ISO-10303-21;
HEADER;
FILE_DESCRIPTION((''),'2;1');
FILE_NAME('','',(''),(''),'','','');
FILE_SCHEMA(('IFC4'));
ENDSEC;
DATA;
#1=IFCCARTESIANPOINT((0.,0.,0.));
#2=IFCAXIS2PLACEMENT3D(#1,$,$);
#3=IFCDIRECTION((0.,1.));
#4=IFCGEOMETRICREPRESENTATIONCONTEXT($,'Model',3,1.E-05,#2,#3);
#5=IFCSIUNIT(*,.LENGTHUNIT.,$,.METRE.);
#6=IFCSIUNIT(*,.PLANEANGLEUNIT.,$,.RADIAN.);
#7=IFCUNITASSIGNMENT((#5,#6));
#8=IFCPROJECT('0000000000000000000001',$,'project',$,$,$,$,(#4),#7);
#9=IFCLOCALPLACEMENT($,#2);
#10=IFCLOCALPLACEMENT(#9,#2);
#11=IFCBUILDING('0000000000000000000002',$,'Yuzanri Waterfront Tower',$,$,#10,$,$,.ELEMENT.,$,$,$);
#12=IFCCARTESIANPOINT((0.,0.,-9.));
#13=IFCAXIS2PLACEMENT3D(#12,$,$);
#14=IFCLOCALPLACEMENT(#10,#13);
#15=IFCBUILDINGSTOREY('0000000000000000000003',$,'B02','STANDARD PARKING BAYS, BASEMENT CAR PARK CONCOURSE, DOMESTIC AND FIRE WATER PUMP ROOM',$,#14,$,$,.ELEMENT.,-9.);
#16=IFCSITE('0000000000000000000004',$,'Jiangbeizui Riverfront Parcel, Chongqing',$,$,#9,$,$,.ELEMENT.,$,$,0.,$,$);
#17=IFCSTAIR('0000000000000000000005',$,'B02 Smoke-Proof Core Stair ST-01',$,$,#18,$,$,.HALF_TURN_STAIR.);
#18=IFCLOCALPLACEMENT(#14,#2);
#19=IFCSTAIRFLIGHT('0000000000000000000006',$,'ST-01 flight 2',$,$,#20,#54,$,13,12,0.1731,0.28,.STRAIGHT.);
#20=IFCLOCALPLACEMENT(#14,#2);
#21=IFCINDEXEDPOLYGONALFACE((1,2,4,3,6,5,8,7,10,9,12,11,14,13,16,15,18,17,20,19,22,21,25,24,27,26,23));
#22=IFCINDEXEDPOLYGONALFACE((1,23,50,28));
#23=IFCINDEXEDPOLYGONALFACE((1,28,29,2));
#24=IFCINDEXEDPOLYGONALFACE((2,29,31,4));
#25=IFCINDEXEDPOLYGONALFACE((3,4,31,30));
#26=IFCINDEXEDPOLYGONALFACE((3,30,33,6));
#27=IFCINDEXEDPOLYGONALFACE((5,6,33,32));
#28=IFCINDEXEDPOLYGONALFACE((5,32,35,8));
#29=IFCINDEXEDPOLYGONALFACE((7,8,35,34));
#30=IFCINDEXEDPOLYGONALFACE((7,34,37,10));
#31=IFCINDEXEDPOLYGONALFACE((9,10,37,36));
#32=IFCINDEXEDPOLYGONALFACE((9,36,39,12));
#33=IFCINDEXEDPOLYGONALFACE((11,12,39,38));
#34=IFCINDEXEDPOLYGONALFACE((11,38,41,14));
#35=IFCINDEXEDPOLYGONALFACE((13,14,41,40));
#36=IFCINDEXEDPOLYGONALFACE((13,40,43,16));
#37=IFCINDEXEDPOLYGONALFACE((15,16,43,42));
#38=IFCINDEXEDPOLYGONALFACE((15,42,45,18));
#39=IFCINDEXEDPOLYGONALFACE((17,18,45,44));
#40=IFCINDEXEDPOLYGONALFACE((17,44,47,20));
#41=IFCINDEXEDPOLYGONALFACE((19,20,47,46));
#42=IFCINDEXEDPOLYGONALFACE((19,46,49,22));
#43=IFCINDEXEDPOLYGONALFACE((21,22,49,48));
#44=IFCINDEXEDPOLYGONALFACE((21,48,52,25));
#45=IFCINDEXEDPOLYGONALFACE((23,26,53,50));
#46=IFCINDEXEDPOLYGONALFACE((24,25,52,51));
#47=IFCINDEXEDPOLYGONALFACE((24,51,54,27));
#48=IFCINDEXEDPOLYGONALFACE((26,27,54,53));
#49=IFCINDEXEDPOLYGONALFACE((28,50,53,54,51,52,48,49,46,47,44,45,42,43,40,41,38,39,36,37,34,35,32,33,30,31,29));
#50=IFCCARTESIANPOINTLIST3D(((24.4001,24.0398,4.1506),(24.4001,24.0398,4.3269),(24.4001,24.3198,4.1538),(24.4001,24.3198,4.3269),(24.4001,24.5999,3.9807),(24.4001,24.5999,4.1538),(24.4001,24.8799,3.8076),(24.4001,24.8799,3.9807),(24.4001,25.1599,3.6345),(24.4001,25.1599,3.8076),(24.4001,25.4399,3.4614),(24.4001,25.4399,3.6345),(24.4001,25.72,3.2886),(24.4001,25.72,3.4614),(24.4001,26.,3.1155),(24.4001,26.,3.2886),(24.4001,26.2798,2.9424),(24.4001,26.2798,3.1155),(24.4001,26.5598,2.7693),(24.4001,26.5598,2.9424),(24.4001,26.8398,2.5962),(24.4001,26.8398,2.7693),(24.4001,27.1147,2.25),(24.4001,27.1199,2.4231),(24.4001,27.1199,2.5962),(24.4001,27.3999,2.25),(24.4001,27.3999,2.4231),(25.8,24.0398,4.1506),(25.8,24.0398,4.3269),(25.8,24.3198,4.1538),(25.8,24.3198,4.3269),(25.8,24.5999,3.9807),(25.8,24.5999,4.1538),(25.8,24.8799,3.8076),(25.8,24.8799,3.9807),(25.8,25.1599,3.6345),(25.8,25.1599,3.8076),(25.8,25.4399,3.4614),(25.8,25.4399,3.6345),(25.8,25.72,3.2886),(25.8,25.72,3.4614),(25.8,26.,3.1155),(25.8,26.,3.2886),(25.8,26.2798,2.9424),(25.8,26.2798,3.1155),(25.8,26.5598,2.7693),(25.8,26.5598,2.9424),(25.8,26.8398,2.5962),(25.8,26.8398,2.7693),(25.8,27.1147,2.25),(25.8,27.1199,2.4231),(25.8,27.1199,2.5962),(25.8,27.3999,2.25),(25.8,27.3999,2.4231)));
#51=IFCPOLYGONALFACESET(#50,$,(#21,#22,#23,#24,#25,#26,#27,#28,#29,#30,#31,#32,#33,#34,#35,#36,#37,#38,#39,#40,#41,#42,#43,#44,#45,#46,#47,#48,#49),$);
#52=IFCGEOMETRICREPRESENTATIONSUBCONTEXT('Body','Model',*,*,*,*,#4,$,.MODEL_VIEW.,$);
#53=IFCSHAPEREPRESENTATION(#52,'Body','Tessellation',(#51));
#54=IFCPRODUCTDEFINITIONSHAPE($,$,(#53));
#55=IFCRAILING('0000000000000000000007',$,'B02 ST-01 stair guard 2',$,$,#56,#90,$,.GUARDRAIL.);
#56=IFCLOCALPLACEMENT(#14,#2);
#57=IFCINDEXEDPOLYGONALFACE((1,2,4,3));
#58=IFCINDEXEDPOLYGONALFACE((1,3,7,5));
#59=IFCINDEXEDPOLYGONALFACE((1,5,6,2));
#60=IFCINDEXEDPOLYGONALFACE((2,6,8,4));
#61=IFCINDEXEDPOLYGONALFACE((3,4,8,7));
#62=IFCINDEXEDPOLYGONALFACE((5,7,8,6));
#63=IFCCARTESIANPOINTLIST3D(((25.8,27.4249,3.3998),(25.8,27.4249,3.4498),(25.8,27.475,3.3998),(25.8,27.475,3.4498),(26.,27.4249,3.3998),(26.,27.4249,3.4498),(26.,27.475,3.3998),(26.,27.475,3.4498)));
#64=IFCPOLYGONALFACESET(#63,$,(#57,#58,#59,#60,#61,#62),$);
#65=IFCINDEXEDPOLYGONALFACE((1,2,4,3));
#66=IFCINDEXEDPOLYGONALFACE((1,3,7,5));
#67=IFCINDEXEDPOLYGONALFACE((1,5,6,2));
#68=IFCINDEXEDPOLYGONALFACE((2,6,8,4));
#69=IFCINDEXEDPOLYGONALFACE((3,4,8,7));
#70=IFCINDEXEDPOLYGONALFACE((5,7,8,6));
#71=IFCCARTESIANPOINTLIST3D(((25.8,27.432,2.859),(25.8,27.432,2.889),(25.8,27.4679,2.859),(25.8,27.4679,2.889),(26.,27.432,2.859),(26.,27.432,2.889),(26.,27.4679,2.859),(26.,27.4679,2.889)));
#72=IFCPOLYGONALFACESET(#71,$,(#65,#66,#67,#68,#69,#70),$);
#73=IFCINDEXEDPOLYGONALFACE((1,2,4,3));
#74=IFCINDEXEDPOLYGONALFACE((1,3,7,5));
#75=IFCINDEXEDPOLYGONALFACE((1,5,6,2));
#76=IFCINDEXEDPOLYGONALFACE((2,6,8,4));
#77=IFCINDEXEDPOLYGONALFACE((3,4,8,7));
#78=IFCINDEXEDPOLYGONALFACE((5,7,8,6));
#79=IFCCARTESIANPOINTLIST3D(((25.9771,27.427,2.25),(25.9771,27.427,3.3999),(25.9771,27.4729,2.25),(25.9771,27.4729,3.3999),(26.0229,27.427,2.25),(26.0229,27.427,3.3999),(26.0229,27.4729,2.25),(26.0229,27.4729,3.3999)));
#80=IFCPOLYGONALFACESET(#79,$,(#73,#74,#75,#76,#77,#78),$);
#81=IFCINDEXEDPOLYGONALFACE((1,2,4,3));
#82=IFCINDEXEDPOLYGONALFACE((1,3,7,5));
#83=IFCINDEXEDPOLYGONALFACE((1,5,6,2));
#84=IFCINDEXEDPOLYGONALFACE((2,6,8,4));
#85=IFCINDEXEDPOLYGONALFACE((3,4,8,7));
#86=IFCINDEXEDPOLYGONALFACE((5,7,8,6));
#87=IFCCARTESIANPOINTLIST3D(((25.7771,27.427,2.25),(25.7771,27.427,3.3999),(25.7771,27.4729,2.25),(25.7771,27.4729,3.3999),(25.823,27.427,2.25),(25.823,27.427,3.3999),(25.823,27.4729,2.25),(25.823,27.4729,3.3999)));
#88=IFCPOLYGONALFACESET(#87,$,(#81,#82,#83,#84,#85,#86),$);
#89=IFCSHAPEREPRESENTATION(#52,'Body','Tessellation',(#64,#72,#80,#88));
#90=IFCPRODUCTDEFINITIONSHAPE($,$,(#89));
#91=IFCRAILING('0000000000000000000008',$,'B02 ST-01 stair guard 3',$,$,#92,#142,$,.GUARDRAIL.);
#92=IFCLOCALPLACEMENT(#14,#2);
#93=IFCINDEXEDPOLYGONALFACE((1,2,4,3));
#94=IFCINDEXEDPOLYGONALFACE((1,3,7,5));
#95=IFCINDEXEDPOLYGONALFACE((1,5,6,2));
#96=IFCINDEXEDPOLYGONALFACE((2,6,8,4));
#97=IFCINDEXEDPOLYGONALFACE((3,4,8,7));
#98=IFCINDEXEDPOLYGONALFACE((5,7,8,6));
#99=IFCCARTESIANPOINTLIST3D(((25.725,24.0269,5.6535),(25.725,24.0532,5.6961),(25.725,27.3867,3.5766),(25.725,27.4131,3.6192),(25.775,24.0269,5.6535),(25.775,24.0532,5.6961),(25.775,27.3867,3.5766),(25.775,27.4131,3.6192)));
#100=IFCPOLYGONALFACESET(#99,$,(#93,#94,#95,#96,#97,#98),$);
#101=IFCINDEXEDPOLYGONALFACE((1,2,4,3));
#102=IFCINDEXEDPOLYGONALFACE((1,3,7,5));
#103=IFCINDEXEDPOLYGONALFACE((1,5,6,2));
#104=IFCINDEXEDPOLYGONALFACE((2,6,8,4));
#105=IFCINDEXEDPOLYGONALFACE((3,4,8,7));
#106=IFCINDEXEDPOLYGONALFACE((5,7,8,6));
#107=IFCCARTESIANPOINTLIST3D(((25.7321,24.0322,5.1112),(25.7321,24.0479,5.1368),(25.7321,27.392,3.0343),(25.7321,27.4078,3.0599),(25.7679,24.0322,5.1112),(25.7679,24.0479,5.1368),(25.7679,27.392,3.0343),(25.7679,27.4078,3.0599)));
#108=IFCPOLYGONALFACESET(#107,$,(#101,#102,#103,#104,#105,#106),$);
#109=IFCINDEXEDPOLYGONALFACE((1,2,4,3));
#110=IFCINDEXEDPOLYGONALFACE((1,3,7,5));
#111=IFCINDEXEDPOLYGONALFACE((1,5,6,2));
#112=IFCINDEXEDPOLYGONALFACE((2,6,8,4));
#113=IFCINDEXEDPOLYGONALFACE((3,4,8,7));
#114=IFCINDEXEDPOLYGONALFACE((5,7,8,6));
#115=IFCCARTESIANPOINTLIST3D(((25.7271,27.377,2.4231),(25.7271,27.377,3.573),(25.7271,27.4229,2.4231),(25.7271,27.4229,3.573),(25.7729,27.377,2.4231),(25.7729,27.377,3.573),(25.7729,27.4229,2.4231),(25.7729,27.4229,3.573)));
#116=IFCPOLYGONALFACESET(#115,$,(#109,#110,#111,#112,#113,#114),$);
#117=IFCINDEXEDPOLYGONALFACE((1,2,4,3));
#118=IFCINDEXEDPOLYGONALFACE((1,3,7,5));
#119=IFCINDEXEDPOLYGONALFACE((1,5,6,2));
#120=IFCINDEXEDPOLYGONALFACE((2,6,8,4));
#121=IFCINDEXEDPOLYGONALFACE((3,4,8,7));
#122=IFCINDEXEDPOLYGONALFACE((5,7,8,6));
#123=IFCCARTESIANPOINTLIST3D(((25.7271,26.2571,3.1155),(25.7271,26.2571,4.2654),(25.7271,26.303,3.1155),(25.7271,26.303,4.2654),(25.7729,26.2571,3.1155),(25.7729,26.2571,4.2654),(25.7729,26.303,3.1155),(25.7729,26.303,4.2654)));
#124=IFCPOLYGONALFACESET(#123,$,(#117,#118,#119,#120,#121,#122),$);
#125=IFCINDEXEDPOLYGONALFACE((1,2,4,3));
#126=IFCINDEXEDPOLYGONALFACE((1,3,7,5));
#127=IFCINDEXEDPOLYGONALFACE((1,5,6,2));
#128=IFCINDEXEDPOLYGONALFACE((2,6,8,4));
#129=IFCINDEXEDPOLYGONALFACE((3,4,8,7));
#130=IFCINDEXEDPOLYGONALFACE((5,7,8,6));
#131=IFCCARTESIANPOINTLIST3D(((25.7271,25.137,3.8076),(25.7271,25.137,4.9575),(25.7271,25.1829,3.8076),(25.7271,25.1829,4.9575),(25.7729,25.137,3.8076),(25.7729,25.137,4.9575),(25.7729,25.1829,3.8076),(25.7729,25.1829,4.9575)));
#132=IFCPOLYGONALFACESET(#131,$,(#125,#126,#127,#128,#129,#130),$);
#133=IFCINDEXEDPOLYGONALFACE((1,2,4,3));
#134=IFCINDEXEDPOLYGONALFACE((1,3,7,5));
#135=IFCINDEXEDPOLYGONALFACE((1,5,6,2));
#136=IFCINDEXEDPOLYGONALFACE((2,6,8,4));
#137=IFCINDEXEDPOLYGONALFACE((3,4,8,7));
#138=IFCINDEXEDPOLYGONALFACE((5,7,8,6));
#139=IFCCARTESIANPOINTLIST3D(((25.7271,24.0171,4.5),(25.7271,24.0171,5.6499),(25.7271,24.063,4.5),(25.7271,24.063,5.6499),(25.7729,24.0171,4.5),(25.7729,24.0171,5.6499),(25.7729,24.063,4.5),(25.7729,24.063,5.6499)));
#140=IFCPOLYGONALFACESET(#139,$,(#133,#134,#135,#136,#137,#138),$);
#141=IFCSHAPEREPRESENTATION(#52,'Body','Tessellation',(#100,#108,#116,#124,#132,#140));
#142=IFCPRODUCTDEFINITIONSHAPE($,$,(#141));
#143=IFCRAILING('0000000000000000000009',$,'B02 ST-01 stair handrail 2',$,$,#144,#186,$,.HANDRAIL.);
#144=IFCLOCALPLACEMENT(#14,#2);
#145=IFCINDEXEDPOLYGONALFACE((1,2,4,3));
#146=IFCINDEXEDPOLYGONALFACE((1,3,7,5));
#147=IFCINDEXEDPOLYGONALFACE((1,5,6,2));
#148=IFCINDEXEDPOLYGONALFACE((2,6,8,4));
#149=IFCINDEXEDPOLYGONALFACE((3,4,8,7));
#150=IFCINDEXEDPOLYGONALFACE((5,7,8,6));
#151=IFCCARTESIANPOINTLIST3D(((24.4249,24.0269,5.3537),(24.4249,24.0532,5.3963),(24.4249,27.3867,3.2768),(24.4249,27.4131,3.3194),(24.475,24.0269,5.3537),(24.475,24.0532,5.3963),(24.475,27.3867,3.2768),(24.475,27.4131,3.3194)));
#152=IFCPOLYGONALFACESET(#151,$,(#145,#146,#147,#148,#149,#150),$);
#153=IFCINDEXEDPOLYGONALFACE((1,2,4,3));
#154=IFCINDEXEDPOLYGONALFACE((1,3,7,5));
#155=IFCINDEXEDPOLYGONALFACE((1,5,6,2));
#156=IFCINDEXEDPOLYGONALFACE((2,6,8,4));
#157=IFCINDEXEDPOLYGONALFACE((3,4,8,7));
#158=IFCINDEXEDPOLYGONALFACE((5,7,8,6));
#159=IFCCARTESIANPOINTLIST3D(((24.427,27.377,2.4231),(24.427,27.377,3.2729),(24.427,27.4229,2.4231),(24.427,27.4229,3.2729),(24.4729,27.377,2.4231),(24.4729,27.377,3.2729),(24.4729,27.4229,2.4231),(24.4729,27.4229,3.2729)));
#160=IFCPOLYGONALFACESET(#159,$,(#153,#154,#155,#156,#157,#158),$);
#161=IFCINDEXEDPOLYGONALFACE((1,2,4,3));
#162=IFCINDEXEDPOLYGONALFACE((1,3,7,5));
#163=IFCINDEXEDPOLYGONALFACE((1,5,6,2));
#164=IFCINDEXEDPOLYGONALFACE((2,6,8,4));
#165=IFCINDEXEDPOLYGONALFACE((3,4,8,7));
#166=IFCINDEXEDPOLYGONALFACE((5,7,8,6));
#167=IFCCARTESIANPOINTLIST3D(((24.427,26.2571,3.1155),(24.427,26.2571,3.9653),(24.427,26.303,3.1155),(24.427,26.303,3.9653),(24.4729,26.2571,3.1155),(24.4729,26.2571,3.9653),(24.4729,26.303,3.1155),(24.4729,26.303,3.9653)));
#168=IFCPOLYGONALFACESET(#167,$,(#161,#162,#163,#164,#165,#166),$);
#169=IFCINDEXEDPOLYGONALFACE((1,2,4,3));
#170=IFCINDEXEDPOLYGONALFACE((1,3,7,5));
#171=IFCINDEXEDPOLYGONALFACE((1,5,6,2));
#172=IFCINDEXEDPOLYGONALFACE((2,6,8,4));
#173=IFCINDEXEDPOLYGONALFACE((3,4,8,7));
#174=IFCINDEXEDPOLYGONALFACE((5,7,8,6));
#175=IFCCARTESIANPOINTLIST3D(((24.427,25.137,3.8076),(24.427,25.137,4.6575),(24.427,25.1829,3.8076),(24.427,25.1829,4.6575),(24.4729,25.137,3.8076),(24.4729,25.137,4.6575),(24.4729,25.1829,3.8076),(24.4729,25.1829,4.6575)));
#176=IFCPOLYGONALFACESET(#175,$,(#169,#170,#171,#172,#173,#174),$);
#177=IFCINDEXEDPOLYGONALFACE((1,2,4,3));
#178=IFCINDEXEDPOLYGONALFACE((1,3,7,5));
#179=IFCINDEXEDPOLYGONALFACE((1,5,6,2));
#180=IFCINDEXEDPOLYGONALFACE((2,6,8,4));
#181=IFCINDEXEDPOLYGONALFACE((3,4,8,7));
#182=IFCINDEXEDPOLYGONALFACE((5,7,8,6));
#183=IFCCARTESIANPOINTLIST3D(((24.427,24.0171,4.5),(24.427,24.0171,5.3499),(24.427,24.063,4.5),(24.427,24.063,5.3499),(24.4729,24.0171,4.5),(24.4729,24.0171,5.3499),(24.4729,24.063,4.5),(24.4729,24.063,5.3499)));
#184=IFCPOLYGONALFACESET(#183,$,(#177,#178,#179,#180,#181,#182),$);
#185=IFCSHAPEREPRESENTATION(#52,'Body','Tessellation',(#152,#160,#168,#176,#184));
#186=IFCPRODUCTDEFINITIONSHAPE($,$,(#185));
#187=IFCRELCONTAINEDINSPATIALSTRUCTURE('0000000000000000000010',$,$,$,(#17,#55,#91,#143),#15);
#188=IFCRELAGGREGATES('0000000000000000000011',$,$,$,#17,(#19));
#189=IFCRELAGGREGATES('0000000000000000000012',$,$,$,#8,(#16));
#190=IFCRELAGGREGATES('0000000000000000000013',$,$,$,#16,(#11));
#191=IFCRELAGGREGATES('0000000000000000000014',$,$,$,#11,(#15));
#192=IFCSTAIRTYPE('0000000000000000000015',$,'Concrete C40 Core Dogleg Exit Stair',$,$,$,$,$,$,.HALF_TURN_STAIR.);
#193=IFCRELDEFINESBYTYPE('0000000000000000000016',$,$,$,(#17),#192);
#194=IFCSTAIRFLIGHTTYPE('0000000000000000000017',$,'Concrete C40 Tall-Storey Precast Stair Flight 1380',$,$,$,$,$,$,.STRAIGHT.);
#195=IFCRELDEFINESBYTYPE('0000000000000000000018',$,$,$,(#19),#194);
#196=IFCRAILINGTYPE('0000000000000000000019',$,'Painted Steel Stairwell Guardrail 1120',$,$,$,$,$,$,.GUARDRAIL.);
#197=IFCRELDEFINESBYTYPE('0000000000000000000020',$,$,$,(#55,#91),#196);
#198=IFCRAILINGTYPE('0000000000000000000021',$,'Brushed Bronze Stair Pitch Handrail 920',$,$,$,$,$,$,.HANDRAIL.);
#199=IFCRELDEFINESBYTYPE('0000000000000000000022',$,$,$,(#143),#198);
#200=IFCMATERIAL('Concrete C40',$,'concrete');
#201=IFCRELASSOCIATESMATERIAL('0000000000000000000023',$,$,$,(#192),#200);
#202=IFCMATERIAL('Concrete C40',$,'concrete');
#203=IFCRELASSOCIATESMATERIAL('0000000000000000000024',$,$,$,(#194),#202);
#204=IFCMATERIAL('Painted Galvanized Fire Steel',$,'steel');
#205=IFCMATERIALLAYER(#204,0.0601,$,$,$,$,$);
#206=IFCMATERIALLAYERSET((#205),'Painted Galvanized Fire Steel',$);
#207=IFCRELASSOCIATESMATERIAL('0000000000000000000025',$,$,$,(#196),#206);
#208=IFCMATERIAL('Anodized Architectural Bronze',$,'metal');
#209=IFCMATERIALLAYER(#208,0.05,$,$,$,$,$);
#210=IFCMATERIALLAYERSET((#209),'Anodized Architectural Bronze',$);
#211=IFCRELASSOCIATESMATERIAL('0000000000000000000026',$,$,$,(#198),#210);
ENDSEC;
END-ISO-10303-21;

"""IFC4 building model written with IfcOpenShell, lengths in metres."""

from ifc_helpers import new_model, si_unit, direction, frame, origin, origin_2d, place, context, subcontext, project, spatial, polyline, rectangle, outline, extrude, source, transform, mapped, material, layer, layer_set, type_object, element, aggregate, save


model = new_model("IFC4")

# Units and contexts
model_context = context("Model", 3, precision=1e-05, world=origin(), true_north=direction((0.0, 1.0)))
body_context = subcontext(model_context, "Body", "Model", "MODEL_VIEW")
ifc_project = project(units=[si_unit("LENGTHUNIT", "METRE"), si_unit("PLANEANGLEUNIT", "RADIAN")], contexts=[model_context])

# Site, building, storey
site_placement = place(None, origin())
site = spatial("IfcSite", under=ifc_project, at=site_placement, Name="Jiangbeizui Riverfront Parcel, Chongqing", CompositionType="ELEMENT", RefElevation=0.0)
building_placement = place(site_placement, origin())
building = spatial("IfcBuilding", under=site, at=building_placement, Name="Yuzanri Waterfront Tower", CompositionType="ELEMENT")
storey_placement = place(building_placement, frame((0.0, 0.0, -9.0)))
storey = spatial("IfcBuildingStorey", under=building, at=storey_placement, Name="B02", Description="STANDARD PARKING BAYS, BASEMENT CAR PARK CONCOURSE, DOMESTIC AND FIRE WATER PUMP ROOM", CompositionType="ELEMENT", Elevation=-9.0)

# Stair, stair flight
ifc_material_1 = material(Name="Concrete C40", Category="concrete")
stair_type = type_object("IfcStairType", Name="Concrete C40 Core Dogleg Exit Stair", PredefinedType="HALF_TURN_STAIR", material=ifc_material_1)
stair_placement = place(storey_placement, origin())
stair = element("IfcStair", 1, at=stair_placement, inside=storey, type_object=stair_type, Name="B02 Smoke-Proof Core Stair ST-01", PredefinedType="HALF_TURN_STAIR")
ifc_material_2 = material(Name="Concrete C40", Category="concrete")
stair_flight_type = type_object("IfcStairFlightType", Name="Concrete C40 Tall-Storey Precast Stair Flight 1380", PredefinedType="STRAIGHT", material=ifc_material_2)
shared_shape_1 = source(origin(), body_context, "Body", "SweptSolid", [
    extrude(outline(polyline([(0.0, 0.0), (0.0, 0.1731), (0.28, 0.1731), (0.28, 0.3462), (0.5601, 0.3462), (0.5601, 0.5193), (0.8401, 0.5193), (0.8401, 0.6924), (1.1201, 0.6924), (1.1201, 0.8655), (1.3999, 0.8655), (1.3999, 1.0386), (1.6799, 1.0386), (1.6799, 1.2114), (1.96, 1.2114), (1.96, 1.3845), (2.24, 1.3845), (2.24, 1.5576), (2.52, 1.5576), (2.52, 1.7307), (2.8, 1.7307), (2.8, 1.9038), (3.0801, 1.9038), (3.0801, 2.0769), (3.3601, 2.0769), (3.3601, 2.25), (3.3601, 1.9006), (0.2852, 0.0), (0.0, 0.0)])), frame((0.0, 0.7, 0.0), z_axis=(0.0, -1.0, 0.0), x_axis=(1.0, 0.0, 0.0)), (0.0, 0.0, 1.0), 1.3999),
])
stair_flight_placement = place(storey_placement, frame((25.1001, 27.3999, 2.25), z_axis=(0.0, 0.0, 1.0), x_axis=(0.0, -1.0, 0.0)))
stair_flight = element("IfcStairFlight", 2, at=stair_flight_placement, type_object=stair_flight_type, Name="ST-01 flight 2", NumberOfRisers=13, NumberOfTreads=12, PredefinedType="STRAIGHT", RiserHeight=0.1731, TreadLength=0.28, context=body_context, shape_type="MappedRepresentation", body=[
    mapped(shared_shape_1, transform((0.0, 0.0, 0.0), scale=1.0)),
])
aggregate(stair, [stair_flight])

# Railings
ifc_material_3 = material(Name="Painted Galvanized Fire Steel", Category="steel")
ifc_layer_1 = layer(ifc_material_3, 0.0601)
ifc_layer_set_1 = layer_set([ifc_layer_1], Name="Painted Galvanized Fire Steel")
railing_type_1 = type_object("IfcRailingType", Name="Painted Steel Stairwell Guardrail 1120", PredefinedType="GUARDRAIL", material=ifc_layer_set_1)
shared_shape_2 = source(origin(), body_context, "Body", "SweptSolid", [
    extrude(rectangle(XDim=0.05, YDim=0.05, at=origin_2d()), frame((0.0, 0.0, 1.1748), z_axis=(-1.0, 0.0, 0.0), x_axis=(0.0, -1.0, 0.0)), (0.0, 0.0, 1.0), 0.2),
    extrude(rectangle(XDim=0.0359, YDim=0.03, at=origin_2d()), frame((0.0, 0.0, 0.624), z_axis=(-1.0, 0.0, 0.0), x_axis=(0.0, -1.0, 0.0)), (0.0, 0.0, 1.0), 0.2),
    extrude(rectangle(XDim=0.0459, YDim=0.0459, at=origin_2d()), origin(), (0.0, 0.0, 1.0), 1.1499),
    extrude(rectangle(XDim=0.0459, YDim=0.0459, at=origin_2d()), frame((-0.2, 0.0, 0.0)), (0.0, 0.0, 1.0), 1.1499),
])
railing_1_placement = place(storey_placement, frame((26.0, 27.45, 2.25)))
element("IfcRailing", 3, at=railing_1_placement, inside=storey, type_object=railing_type_1, Name="B02 ST-01 stair guard 2", PredefinedType="GUARDRAIL", context=body_context, shape_type="MappedRepresentation", body=[
    mapped(shared_shape_2, transform((0.0, 0.0, 0.0), scale=1.0)),
])
shared_shape_3 = source(origin(), body_context, "Body", "SweptSolid", [
    extrude(rectangle(XDim=0.05, YDim=0.05, at=origin_2d()), frame((0.0, 0.0, 1.1748), z_axis=(0.0, -0.850606, 0.525803), x_axis=(1.0, 0.0, 0.0)), (0.0, 0.0, 1.0), 3.95),
    extrude(rectangle(XDim=0.0359, YDim=0.03, at=origin_2d()), frame((0.0, 0.0, 0.624), z_axis=(0.0, -0.850606, 0.525803), x_axis=(1.0, 0.0, 0.0)), (0.0, 0.0, 1.0), 3.95),
    extrude(rectangle(XDim=0.0459, YDim=0.0459, at=origin_2d()), origin(), (0.0, 0.0, 1.0), 1.1499),
    extrude(rectangle(XDim=0.0459, YDim=0.0459, at=origin_2d()), frame((0.0, -1.1199, 0.6924)), (0.0, 0.0, 1.0), 1.1499),
    extrude(rectangle(XDim=0.0459, YDim=0.0459, at=origin_2d()), frame((0.0, -2.24, 1.3845)), (0.0, 0.0, 1.0), 1.1499),
    extrude(rectangle(XDim=0.0459, YDim=0.0459, at=origin_2d()), frame((0.0, -3.3599, 2.0769)), (0.0, 0.0, 1.0), 1.1499),
])
railing_2_placement = place(storey_placement, frame((25.75, 27.3999, 2.4231)))
element("IfcRailing", 4, at=railing_2_placement, inside=storey, type_object=railing_type_1, Name="B02 ST-01 stair guard 3", PredefinedType="GUARDRAIL", context=body_context, shape_type="MappedRepresentation", body=[
    mapped(shared_shape_3, transform((0.0, 0.0, 0.0), scale=1.0)),
])
ifc_material_4 = material(Name="Anodized Architectural Bronze", Category="metal")
ifc_layer_2 = layer(ifc_material_4, 0.05)
ifc_layer_set_2 = layer_set([ifc_layer_2], Name="Anodized Architectural Bronze")
railing_type_2 = type_object("IfcRailingType", Name="Brushed Bronze Stair Pitch Handrail 920", PredefinedType="HANDRAIL", material=ifc_layer_set_2)
shared_shape_4 = source(origin(), body_context, "Body", "SweptSolid", [
    extrude(rectangle(XDim=0.05, YDim=0.05, at=origin_2d()), frame((0.0, 0.0, 0.875), z_axis=(0.0, -0.850606, 0.525803), x_axis=(1.0, 0.0, 0.0)), (0.0, 0.0, 1.0), 3.95),
    extrude(rectangle(XDim=0.0459, YDim=0.0459, at=origin_2d()), origin(), (0.0, 0.0, 1.0), 0.8499),
    extrude(rectangle(XDim=0.0459, YDim=0.0459, at=origin_2d()), frame((0.0, -1.1199, 0.6924)), (0.0, 0.0, 1.0), 0.8499),
    extrude(rectangle(XDim=0.0459, YDim=0.0459, at=origin_2d()), frame((0.0, -2.24, 1.3845)), (0.0, 0.0, 1.0), 0.8499),
    extrude(rectangle(XDim=0.0459, YDim=0.0459, at=origin_2d()), frame((0.0, -3.3599, 2.0769)), (0.0, 0.0, 1.0), 0.8499),
])
railing_3_placement = place(storey_placement, frame((24.45, 27.3999, 2.4231)))
element("IfcRailing", 5, at=railing_3_placement, inside=storey, type_object=railing_type_2, Name="B02 ST-01 stair handrail 2", PredefinedType="HANDRAIL", context=body_context, shape_type="MappedRepresentation", body=[
    mapped(shared_shape_4, transform((0.0, 0.0, 0.0), scale=1.0)),
])

save(model, "model.ifc")
